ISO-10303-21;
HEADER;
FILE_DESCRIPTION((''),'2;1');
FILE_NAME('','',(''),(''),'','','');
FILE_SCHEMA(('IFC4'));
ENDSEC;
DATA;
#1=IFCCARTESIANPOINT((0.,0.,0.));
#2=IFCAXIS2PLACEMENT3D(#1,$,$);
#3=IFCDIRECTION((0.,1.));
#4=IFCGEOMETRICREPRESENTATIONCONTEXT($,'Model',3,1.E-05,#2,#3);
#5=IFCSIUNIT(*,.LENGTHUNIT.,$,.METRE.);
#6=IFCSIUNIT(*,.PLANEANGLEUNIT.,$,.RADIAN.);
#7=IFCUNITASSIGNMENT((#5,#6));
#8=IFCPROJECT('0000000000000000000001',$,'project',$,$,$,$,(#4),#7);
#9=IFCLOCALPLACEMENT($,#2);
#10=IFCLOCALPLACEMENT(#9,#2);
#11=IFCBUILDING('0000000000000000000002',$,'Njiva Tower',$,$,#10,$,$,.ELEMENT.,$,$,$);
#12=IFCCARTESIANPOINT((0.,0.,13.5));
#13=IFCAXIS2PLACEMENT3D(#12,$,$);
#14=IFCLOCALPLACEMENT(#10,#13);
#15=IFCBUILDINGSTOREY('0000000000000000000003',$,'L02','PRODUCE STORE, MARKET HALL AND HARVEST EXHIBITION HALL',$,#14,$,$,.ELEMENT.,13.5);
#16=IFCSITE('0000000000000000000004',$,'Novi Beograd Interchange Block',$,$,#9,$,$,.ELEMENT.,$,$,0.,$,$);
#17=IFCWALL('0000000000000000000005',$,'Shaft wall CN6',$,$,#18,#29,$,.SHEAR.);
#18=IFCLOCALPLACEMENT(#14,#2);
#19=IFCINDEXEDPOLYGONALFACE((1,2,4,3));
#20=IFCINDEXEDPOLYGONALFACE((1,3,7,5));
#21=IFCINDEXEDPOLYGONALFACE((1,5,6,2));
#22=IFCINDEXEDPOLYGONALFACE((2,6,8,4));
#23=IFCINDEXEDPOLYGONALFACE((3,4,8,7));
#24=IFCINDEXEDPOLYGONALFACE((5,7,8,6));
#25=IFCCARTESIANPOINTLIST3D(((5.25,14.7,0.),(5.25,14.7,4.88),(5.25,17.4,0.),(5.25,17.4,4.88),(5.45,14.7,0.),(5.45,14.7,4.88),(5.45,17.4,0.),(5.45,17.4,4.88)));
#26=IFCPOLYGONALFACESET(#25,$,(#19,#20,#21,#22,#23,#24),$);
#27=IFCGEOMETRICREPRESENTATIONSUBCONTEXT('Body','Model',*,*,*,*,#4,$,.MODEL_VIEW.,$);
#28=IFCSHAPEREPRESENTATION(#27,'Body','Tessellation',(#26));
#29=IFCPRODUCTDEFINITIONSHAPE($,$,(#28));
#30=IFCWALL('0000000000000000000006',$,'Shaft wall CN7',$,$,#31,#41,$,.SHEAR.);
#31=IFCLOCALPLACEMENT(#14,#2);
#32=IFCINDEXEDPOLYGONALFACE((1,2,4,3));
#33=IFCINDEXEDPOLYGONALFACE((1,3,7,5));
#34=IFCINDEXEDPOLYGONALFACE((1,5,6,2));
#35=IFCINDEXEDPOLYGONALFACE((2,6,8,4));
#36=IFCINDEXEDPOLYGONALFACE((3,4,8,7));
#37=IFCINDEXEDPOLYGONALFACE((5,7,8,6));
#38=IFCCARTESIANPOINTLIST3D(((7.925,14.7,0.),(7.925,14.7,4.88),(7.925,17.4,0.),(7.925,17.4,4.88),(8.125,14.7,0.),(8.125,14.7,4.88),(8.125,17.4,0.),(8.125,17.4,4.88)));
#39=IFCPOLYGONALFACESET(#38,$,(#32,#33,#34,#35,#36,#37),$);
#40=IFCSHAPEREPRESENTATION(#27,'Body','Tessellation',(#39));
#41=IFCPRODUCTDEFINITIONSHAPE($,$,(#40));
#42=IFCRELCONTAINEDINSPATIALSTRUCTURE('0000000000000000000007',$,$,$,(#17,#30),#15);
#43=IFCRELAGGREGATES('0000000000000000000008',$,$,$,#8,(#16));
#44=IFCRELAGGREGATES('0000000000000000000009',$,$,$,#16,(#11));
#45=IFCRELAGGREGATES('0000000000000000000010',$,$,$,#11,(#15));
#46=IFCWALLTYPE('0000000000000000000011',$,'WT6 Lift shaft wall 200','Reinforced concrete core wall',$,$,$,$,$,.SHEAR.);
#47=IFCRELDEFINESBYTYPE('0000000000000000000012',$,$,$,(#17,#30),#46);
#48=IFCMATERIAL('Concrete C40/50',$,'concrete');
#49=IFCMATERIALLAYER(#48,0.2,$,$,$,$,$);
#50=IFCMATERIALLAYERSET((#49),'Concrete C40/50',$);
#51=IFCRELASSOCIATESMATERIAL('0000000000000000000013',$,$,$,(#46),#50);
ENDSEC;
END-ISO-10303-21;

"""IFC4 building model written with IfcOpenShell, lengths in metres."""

from ifc_helpers import new_model, si_unit, direction, frame, frame_2d, origin, place, context, subcontext, project, spatial, rectangle, extrude, material, layer, layer_set, type_object, element, save


model = new_model("IFC4")

# Units and contexts
model_context = context("Model", 3, precision=1e-05, world=origin(), true_north=direction((0.0, 1.0)))
body_context = subcontext(model_context, "Body", "Model", "MODEL_VIEW")
ifc_project = project(units=[si_unit("LENGTHUNIT", "METRE"), si_unit("PLANEANGLEUNIT", "RADIAN")], contexts=[model_context])

# Site, building, storey
site_placement = place(None, origin())
site = spatial("IfcSite", under=ifc_project, at=site_placement, Name="Novi Beograd Interchange Block", CompositionType="ELEMENT", RefElevation=0.0)
building_placement = place(site_placement, origin())
building = spatial("IfcBuilding", under=site, at=building_placement, Name="Njiva Tower", CompositionType="ELEMENT")
storey_placement = place(building_placement, frame((0.0, 0.0, 13.5)))
storey = spatial("IfcBuildingStorey", under=building, at=storey_placement, Name="L02", Description="PRODUCE STORE, MARKET HALL AND HARVEST EXHIBITION HALL", CompositionType="ELEMENT", Elevation=13.5)

# Walls
ifc_material_1 = material(Name="Concrete C40/50", Category="concrete")
ifc_layer_1 = layer(ifc_material_1, 0.2)
ifc_layer_set_1 = layer_set([ifc_layer_1], Name="Concrete C40/50")
wall_type_1 = type_object("IfcWallType", Name="WT6 Lift shaft wall 200", Description="Reinforced concrete core wall", PredefinedType="SHEAR", material=ifc_layer_set_1)
for number, where, z_axis, x_axis, name in (
    (1, (5.35, 14.7, 0.0), (0.0, 0.0, 1.0), (0.0, 1.0, 0.0), "Shaft wall CN6"),
    (2, (8.025, 14.7, 0.0), (0.0, 0.0, 1.0), (0.0, 1.0, 0.0), "Shaft wall CN7"),
):
    element("IfcWall", number, at=place(storey_placement, frame(where, z_axis=z_axis, x_axis=x_axis)), inside=storey, type_object=wall_type_1, Name=name, PredefinedType="SHEAR", context=body_context, shape_type="SweptSolid", body=[
        extrude(rectangle(XDim=2.7, YDim=0.2, at=frame_2d((1.35, 0.0))), origin(), (0.0, 0.0, 1.0), 4.88),
    ])

save(model, "model.ifc")
